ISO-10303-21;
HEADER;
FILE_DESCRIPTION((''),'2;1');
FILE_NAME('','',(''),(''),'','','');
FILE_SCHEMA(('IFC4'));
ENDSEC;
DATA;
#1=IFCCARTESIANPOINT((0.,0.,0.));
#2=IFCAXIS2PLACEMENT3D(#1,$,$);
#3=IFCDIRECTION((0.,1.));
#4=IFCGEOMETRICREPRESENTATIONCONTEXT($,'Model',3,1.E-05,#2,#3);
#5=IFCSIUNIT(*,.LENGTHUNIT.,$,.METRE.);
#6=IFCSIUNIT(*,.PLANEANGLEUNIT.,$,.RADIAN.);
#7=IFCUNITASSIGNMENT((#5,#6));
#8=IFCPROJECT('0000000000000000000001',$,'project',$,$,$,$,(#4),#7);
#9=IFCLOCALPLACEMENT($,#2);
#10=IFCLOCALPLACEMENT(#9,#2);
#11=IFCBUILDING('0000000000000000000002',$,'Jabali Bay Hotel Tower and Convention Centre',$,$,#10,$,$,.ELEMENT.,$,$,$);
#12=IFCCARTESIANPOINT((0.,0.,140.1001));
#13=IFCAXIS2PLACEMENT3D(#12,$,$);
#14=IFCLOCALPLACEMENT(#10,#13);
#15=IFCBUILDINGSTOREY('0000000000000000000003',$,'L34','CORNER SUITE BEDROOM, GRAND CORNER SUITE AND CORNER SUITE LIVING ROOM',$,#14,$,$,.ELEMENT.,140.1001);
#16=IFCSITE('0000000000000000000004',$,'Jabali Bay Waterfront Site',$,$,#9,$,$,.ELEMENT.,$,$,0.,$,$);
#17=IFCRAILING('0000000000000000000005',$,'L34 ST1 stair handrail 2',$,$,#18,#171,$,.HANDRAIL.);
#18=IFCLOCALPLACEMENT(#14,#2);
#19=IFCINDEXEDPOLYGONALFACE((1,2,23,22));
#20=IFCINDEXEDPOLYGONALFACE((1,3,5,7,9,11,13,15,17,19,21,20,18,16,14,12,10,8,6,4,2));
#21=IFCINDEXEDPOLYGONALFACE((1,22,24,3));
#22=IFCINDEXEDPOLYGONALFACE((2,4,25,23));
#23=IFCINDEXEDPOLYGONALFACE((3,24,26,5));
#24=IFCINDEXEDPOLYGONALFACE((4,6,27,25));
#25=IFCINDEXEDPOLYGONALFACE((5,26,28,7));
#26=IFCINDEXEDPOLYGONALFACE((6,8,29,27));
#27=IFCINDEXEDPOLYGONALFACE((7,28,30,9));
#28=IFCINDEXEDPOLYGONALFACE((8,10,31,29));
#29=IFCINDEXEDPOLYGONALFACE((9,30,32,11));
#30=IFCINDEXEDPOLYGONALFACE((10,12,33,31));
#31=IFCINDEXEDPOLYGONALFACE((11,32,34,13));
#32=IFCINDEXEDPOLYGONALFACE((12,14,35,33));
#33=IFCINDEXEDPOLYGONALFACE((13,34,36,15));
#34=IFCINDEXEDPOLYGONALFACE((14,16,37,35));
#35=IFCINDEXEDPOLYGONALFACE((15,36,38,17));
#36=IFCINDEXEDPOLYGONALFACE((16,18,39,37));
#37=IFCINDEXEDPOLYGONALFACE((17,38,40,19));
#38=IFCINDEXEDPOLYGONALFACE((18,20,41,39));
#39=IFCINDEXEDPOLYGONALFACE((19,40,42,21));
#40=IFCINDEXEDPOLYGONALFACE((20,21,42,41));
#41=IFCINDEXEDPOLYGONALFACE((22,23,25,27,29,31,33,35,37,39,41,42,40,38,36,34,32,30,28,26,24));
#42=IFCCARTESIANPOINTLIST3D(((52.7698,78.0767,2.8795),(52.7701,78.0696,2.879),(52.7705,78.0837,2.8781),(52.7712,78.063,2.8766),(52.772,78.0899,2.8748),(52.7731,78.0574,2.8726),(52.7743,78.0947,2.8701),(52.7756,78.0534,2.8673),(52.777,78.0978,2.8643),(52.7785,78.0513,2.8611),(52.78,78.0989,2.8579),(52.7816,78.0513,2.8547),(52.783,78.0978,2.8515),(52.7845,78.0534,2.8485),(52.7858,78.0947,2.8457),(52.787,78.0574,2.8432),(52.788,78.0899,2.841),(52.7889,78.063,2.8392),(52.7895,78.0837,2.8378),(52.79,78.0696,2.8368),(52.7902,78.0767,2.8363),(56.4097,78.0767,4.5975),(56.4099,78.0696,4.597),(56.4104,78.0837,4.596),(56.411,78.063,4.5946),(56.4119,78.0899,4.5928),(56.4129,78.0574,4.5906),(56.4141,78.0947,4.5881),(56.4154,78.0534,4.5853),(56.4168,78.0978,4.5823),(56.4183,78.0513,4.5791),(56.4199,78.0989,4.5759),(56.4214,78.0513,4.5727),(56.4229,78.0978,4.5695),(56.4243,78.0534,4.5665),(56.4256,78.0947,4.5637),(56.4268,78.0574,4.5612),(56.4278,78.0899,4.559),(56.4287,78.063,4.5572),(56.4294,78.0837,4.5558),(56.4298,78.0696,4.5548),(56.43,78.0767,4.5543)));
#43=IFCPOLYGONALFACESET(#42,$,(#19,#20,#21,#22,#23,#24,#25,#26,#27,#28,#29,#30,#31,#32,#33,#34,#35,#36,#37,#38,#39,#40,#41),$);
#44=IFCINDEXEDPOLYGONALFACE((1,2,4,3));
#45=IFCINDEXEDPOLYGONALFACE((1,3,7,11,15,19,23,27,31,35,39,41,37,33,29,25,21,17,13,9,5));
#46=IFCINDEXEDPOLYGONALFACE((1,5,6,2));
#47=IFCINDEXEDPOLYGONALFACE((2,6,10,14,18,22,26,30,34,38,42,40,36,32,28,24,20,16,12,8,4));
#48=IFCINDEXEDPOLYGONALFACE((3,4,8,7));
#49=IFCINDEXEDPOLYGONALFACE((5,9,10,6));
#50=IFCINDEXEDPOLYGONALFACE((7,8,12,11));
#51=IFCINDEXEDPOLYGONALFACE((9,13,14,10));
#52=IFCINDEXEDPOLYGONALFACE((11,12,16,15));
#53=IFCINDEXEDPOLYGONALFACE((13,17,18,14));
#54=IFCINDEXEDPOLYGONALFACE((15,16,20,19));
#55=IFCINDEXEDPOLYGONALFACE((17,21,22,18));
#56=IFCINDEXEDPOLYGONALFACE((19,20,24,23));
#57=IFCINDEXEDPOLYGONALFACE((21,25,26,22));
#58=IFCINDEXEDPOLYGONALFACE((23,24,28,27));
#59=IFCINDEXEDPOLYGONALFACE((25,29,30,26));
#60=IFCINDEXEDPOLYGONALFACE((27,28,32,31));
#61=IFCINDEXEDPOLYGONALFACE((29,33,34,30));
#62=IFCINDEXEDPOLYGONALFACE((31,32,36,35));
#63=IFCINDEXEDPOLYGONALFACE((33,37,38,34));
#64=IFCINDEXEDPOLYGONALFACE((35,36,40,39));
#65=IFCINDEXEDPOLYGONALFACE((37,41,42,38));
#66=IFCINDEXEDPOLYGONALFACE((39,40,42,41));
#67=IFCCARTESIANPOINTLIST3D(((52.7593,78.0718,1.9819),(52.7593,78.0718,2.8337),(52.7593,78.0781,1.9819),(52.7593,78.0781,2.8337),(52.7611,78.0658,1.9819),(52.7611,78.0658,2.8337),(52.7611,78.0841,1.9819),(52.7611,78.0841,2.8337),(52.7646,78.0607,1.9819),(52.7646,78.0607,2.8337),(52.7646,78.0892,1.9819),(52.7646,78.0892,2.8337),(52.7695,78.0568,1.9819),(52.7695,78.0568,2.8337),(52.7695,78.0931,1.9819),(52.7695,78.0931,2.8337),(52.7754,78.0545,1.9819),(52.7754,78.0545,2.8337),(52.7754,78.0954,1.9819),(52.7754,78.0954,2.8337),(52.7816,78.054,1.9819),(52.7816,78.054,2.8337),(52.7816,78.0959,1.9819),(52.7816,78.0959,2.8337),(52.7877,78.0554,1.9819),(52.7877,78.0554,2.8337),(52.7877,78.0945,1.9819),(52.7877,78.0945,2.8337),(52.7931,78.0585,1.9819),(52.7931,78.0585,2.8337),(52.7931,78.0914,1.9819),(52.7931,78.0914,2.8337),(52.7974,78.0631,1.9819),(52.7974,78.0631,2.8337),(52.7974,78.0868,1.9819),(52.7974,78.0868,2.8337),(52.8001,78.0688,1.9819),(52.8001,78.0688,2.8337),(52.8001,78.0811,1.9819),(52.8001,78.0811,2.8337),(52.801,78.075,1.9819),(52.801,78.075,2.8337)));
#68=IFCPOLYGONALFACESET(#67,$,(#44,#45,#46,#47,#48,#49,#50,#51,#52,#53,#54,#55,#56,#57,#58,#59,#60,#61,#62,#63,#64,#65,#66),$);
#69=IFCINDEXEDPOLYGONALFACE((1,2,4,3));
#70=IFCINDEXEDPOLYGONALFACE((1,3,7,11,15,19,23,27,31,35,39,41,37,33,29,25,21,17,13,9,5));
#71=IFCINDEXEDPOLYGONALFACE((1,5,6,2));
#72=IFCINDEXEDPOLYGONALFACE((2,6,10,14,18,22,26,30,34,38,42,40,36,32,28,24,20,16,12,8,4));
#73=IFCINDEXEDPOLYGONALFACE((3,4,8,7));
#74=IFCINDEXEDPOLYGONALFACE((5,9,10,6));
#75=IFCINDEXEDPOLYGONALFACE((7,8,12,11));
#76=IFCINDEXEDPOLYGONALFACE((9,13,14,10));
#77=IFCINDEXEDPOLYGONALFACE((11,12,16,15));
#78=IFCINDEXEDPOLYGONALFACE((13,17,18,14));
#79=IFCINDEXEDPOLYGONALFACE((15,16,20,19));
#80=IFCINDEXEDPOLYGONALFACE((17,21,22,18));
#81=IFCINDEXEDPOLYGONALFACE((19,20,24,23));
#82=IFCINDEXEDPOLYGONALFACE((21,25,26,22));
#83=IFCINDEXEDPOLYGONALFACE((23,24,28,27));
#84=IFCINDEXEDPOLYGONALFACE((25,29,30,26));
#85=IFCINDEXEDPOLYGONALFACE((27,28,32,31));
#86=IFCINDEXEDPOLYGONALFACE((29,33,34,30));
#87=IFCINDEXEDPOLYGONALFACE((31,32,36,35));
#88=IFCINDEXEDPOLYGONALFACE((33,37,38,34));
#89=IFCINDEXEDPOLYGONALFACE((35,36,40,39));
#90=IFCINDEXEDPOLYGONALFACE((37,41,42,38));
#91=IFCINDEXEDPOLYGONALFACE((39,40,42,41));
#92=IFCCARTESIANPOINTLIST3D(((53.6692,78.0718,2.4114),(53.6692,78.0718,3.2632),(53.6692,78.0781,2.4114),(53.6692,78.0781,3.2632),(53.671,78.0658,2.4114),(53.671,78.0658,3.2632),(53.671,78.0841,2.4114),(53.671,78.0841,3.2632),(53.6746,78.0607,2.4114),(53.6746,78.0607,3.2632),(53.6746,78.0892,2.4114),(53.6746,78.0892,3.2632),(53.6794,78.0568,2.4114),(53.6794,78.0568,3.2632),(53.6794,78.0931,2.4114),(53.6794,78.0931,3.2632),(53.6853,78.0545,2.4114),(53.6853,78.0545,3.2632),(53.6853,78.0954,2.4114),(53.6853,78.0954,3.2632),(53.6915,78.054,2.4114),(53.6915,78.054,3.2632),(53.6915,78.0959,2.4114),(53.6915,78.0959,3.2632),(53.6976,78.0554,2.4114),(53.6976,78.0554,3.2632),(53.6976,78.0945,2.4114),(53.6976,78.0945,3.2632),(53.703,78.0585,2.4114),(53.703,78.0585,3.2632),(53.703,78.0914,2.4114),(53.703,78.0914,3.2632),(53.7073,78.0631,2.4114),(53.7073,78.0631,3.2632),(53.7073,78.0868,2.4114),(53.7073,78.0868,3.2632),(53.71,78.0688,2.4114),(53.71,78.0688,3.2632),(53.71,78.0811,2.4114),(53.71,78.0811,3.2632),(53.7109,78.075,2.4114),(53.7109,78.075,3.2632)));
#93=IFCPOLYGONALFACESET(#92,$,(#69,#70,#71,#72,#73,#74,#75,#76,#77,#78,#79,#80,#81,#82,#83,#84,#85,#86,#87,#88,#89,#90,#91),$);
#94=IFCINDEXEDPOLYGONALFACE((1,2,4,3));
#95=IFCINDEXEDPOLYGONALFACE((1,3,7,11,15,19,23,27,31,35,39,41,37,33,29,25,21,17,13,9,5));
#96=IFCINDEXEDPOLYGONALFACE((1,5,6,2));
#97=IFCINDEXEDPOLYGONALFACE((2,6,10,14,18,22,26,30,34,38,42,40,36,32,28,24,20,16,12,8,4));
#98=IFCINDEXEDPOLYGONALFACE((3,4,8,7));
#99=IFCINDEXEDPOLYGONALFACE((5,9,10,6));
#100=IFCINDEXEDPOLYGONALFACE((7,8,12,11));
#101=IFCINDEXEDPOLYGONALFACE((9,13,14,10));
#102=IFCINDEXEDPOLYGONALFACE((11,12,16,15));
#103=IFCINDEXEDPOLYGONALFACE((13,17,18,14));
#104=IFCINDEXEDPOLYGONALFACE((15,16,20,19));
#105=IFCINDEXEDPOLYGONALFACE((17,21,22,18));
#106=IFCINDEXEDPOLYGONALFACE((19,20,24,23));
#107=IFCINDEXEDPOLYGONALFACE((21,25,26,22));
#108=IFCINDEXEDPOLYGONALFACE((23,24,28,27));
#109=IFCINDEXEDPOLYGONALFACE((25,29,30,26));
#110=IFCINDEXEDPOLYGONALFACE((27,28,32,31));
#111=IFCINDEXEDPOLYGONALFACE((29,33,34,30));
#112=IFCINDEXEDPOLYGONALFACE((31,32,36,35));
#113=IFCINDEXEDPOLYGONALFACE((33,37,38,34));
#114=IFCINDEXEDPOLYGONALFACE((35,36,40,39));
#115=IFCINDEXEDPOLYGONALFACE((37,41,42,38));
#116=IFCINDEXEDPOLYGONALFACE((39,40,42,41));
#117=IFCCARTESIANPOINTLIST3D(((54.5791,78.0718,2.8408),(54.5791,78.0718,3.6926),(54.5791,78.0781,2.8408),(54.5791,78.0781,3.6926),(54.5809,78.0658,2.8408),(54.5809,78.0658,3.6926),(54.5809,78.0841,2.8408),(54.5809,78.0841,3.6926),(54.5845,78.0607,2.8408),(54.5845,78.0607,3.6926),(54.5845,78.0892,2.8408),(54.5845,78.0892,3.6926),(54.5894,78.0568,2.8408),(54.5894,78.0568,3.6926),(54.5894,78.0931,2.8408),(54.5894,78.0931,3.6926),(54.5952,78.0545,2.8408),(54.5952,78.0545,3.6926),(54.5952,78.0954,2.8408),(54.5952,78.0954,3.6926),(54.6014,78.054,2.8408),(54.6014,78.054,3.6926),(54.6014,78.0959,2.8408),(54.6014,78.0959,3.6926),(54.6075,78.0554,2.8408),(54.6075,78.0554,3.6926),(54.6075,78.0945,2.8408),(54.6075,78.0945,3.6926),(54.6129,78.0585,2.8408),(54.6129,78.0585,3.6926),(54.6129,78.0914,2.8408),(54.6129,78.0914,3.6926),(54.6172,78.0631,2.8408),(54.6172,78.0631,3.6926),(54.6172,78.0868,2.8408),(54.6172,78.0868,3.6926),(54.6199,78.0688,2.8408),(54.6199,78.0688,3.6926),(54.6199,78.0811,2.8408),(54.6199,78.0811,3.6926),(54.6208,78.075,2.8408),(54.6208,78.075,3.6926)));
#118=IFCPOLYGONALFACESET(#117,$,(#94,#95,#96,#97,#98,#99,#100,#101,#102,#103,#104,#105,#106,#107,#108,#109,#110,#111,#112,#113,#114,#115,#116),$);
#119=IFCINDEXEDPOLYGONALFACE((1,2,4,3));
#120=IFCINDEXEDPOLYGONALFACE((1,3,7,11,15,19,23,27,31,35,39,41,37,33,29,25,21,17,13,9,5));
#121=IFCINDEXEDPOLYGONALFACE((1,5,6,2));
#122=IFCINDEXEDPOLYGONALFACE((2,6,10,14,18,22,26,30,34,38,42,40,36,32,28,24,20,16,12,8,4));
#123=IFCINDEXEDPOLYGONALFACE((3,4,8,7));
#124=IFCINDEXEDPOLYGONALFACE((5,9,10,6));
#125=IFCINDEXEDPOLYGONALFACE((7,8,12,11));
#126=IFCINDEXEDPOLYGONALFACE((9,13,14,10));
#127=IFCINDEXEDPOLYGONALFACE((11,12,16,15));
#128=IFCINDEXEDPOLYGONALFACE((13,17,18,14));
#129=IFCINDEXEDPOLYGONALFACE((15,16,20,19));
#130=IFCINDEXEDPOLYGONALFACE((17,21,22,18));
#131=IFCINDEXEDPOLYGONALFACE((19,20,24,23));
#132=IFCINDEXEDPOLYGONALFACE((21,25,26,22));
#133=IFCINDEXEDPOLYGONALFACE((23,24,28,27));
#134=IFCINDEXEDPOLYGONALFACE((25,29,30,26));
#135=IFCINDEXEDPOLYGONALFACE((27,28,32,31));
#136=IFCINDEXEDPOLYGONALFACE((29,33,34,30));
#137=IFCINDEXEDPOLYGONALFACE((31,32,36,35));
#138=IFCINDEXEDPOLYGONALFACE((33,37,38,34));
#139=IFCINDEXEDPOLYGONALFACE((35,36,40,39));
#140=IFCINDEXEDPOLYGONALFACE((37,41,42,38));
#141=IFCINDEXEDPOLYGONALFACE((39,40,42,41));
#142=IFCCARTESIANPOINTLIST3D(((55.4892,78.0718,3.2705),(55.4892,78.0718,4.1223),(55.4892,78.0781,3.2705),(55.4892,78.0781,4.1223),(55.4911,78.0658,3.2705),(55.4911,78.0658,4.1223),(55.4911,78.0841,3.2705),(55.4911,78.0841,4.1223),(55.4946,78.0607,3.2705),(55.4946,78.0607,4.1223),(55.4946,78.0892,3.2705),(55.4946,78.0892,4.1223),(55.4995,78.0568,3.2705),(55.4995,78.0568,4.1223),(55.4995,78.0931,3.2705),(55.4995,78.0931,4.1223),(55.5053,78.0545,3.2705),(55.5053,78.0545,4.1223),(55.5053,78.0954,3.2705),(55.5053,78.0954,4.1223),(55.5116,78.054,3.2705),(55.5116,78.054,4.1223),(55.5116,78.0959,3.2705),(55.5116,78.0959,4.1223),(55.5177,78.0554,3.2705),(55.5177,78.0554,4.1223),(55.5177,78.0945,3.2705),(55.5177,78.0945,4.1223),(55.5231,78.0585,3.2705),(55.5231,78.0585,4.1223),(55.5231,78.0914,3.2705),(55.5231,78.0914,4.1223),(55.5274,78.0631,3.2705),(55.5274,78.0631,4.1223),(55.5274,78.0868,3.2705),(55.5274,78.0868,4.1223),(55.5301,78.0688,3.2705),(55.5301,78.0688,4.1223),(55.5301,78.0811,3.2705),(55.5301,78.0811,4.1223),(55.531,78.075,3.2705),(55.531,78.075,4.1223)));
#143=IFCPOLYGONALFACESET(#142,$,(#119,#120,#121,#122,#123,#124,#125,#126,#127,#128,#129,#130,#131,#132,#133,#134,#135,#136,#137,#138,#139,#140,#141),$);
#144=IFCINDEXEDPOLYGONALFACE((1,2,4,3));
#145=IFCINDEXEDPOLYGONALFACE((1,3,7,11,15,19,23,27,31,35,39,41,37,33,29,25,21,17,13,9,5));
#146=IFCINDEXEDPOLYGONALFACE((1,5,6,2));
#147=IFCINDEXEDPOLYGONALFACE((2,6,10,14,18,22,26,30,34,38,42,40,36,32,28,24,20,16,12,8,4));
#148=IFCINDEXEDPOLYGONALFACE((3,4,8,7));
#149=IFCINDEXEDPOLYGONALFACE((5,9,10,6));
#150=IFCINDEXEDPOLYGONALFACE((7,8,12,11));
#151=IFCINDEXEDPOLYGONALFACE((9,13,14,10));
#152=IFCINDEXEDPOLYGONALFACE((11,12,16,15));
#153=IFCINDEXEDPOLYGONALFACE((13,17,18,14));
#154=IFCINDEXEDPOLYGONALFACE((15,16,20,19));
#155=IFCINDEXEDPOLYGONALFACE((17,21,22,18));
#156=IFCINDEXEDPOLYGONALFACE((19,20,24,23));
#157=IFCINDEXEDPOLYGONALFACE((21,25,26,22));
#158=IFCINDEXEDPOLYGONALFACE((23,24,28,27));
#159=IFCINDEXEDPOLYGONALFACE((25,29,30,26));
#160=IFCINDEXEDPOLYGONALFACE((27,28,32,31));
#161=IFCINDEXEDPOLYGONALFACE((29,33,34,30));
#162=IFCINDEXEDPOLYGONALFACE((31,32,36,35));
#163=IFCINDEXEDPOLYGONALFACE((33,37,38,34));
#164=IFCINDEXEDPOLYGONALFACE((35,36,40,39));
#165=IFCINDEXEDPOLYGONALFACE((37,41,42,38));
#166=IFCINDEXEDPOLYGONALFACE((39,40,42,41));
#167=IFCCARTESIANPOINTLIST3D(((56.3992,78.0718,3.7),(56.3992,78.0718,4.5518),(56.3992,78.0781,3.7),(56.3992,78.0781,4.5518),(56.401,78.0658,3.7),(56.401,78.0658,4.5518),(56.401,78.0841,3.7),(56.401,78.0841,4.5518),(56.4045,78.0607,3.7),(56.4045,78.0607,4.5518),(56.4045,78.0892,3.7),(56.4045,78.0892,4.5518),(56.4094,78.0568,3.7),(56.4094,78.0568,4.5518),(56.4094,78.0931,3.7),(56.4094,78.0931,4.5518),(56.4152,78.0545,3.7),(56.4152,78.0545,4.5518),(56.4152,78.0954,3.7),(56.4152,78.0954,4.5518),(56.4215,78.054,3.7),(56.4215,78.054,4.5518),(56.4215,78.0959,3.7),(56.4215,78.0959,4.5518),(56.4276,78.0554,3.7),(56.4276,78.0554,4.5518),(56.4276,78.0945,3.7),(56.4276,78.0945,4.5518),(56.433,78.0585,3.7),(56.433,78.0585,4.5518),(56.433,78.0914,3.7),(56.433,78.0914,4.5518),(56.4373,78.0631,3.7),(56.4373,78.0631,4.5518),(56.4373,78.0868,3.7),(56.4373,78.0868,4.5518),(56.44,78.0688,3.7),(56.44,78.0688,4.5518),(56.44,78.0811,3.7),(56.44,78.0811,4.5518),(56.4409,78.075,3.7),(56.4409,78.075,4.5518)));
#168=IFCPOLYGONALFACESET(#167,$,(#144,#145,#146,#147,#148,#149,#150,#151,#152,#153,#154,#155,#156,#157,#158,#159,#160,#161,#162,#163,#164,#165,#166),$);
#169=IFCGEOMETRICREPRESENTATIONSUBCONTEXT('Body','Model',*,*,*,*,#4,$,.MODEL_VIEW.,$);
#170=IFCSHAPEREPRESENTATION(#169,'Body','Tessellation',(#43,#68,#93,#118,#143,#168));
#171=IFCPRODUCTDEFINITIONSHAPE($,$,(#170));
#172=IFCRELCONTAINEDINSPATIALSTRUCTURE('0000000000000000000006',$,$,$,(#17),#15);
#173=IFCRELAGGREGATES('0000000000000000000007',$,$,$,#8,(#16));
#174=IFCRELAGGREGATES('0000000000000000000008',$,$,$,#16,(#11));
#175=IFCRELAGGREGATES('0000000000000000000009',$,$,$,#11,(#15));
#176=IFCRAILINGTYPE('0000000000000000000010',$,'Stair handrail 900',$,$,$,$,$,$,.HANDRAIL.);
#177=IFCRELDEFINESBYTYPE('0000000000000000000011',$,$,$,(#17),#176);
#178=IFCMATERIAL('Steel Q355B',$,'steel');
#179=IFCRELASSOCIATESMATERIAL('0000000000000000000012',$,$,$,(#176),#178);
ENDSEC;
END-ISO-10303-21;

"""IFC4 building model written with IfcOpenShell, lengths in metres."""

from ifc_helpers import new_model, si_unit, direction, frame, origin, origin_2d, place, context, subcontext, project, spatial, circle, extrude, material, type_object, element, save


model = new_model("IFC4")

# Units and contexts
model_context = context("Model", 3, precision=1e-05, world=origin(), true_north=direction((0.0, 1.0)))
body_context = subcontext(model_context, "Body", "Model", "MODEL_VIEW")
ifc_project = project(units=[si_unit("LENGTHUNIT", "METRE"), si_unit("PLANEANGLEUNIT", "RADIAN")], contexts=[model_context])

# Site, building, storey
site_placement = place(None, origin())
site = spatial("IfcSite", under=ifc_project, at=site_placement, Name="Jabali Bay Waterfront Site", CompositionType="ELEMENT", RefElevation=0.0)
building_placement = place(site_placement, origin())
building = spatial("IfcBuilding", under=site, at=building_placement, Name="Jabali Bay Hotel Tower and Convention Centre", CompositionType="ELEMENT")
storey_placement = place(building_placement, frame((0.0, 0.0, 140.1001)))
storey = spatial("IfcBuildingStorey", under=building, at=storey_placement, Name="L34", Description="CORNER SUITE BEDROOM, GRAND CORNER SUITE AND CORNER SUITE LIVING ROOM", CompositionType="ELEMENT", Elevation=140.1001)

# Railing
ifc_material_1 = material(Name="Steel Q355B", Category="steel")
railing_type = type_object("IfcRailingType", Name="Stair handrail 900", PredefinedType="HANDRAIL", material=ifc_material_1)
railing_placement = place(storey_placement, frame((52.78, 78.075, 1.9819)))
element("IfcRailing", 1, at=railing_placement, inside=storey, type_object=railing_type, Name="L34 ST1 stair handrail 2", PredefinedType="HANDRAIL", context=body_context, shape_type="SweptSolid", body=[
    extrude(circle(Radius=0.0239, at=origin_2d()), frame((0.0, 0.0, 0.876), z_axis=(0.904327, 0.0, 0.42684), x_axis=(0.0, 1.0, 0.0)), (0.0, 0.0, 1.0), 4.0249),
    extrude(circle(Radius=0.021, at=origin_2d()), origin(), (0.0, 0.0, 1.0), 0.8518),
    extrude(circle(Radius=0.021, at=origin_2d()), frame((0.9099, 0.0, 0.4294)), (0.0, 0.0, 1.0), 0.8518),
    extrude(circle(Radius=0.021, at=origin_2d()), frame((1.8198, 0.0, 0.8589)), (0.0, 0.0, 1.0), 0.8518),
    extrude(circle(Radius=0.021, at=origin_2d()), frame((2.73, 0.0, 1.2886)), (0.0, 0.0, 1.0), 0.8518),
    extrude(circle(Radius=0.021, at=origin_2d()), frame((3.6399, 0.0, 1.718)), (0.0, 0.0, 1.0), 0.8518),
])

save(model, "model.ifc")
